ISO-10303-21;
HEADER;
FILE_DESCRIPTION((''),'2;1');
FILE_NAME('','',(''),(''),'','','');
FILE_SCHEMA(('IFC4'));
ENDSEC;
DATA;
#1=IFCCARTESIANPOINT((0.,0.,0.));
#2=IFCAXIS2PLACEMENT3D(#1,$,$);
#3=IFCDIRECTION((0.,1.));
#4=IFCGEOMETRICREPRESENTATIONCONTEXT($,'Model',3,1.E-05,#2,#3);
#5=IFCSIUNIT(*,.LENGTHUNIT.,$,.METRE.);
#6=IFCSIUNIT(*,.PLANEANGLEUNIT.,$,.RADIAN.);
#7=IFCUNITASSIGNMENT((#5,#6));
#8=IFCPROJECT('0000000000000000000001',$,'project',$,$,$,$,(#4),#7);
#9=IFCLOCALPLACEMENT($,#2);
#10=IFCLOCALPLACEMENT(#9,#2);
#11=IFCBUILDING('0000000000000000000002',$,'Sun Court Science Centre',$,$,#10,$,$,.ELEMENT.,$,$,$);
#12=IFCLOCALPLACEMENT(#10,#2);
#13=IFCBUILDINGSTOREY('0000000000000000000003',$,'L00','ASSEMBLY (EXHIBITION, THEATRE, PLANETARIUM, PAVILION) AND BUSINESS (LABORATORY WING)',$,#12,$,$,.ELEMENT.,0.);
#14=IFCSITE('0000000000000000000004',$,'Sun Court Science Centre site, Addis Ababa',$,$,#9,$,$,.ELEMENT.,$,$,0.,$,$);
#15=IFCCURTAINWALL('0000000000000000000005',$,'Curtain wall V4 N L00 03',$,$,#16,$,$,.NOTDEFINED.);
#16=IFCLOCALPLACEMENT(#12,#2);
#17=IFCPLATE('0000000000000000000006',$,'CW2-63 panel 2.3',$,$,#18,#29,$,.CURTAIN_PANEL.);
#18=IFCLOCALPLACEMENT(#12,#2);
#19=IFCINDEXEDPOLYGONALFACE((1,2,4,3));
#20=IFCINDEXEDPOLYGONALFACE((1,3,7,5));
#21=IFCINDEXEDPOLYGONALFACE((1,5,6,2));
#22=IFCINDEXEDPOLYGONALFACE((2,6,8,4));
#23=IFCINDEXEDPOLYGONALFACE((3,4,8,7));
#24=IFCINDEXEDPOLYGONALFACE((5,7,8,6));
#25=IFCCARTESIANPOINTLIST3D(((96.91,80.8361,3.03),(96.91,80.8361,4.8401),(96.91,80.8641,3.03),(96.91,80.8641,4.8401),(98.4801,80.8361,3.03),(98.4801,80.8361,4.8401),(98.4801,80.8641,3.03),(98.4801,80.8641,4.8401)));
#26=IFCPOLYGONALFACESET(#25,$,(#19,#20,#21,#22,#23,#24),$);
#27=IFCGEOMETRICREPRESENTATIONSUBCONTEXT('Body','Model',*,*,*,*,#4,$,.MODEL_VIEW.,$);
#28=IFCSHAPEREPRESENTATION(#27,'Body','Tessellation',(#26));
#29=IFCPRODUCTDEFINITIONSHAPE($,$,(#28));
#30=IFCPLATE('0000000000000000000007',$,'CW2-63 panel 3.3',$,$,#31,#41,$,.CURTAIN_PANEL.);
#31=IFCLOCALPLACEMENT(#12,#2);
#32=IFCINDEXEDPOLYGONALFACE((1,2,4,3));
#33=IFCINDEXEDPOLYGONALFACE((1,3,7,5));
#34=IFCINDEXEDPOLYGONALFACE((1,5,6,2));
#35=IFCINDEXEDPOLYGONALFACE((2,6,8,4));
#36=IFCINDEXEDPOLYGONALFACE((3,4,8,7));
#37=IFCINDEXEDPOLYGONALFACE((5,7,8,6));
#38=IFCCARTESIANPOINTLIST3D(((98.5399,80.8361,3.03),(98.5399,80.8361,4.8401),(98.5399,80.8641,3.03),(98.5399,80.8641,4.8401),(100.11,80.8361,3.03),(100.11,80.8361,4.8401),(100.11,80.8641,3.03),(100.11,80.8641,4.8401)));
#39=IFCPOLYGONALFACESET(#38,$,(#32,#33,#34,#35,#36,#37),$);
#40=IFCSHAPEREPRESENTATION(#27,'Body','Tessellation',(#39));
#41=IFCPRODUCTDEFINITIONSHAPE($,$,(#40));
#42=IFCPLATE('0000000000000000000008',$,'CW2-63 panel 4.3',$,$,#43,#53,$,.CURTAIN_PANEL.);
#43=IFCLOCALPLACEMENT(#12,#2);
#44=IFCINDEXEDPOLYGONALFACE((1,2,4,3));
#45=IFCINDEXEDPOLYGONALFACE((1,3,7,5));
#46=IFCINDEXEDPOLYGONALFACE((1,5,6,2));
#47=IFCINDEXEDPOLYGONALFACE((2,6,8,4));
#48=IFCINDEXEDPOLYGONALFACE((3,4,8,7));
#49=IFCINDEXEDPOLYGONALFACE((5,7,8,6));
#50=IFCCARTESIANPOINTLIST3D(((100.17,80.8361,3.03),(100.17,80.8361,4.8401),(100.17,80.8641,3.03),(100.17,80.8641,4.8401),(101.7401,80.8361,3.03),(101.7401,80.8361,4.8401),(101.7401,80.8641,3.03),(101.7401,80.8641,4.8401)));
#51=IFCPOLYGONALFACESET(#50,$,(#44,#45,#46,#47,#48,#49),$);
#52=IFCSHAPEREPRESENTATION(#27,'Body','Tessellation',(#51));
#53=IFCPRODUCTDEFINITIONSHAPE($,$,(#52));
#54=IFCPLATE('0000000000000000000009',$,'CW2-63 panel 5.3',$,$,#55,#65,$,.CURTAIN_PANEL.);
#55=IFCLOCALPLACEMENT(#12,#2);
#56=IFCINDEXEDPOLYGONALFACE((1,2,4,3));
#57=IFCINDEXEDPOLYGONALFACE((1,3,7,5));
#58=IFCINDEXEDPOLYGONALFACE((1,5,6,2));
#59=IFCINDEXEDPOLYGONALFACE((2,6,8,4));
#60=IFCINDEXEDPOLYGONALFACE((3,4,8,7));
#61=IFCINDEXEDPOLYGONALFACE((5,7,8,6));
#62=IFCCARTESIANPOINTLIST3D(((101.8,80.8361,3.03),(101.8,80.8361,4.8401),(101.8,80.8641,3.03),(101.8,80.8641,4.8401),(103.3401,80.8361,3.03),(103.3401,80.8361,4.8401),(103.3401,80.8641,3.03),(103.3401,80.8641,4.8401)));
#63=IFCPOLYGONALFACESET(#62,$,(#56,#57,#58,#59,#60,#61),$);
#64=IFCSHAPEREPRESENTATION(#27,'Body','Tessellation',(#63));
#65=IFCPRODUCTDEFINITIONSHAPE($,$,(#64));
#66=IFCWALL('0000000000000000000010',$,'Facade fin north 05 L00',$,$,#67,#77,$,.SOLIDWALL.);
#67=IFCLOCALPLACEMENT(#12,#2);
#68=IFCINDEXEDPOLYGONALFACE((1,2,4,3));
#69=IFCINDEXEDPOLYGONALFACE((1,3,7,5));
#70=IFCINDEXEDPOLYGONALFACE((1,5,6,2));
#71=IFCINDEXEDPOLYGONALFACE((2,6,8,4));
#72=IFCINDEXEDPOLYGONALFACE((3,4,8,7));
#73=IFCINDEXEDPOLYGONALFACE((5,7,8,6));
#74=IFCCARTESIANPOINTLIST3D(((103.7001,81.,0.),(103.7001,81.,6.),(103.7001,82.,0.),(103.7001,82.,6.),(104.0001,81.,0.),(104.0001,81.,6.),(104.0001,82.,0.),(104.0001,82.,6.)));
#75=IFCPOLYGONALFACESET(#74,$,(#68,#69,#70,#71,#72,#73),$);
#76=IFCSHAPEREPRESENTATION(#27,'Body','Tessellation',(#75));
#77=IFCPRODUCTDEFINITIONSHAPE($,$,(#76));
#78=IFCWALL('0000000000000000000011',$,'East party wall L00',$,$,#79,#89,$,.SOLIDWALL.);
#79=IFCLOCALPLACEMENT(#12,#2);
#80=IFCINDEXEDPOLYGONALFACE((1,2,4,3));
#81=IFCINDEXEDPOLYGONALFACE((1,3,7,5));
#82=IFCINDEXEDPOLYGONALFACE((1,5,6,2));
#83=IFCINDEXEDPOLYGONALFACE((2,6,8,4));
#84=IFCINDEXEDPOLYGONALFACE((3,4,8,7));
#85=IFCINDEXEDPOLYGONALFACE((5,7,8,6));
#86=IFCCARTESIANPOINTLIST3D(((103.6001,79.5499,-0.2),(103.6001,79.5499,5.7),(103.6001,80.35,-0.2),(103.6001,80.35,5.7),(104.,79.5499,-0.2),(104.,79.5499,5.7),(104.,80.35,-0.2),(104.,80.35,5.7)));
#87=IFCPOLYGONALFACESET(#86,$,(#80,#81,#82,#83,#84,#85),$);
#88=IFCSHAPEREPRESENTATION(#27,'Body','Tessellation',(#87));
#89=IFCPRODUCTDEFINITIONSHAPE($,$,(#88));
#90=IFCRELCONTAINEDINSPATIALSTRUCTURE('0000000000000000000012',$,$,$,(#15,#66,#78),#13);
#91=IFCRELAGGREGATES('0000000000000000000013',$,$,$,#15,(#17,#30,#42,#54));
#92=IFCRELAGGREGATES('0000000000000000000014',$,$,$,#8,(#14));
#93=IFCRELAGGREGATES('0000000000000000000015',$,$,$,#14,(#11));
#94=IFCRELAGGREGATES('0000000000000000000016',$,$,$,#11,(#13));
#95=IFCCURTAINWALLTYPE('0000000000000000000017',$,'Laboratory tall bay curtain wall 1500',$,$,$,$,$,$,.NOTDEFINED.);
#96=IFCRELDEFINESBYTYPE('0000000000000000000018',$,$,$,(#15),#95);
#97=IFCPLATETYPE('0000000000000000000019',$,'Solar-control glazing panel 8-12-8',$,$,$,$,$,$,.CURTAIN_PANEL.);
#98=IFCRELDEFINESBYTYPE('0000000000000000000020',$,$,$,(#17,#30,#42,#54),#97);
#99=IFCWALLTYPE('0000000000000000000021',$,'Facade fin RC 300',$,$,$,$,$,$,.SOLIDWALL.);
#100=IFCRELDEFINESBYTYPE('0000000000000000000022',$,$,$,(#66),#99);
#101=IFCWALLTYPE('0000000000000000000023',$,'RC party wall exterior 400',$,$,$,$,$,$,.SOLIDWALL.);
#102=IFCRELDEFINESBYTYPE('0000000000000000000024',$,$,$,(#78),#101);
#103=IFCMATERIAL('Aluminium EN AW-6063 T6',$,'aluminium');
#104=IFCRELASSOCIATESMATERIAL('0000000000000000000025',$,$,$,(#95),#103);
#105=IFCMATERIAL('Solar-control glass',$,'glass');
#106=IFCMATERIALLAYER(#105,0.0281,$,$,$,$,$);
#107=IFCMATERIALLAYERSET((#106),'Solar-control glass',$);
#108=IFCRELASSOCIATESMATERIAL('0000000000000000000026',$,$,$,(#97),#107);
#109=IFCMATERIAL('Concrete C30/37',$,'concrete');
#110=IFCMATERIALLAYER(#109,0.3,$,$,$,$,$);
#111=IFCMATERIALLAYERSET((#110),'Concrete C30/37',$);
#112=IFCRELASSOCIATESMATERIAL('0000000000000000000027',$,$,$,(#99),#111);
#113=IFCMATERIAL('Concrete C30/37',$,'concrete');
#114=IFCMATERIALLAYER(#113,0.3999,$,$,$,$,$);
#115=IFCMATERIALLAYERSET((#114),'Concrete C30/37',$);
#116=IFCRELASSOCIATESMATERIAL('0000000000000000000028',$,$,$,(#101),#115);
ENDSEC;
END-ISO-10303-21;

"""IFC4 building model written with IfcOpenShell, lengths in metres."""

from ifc_helpers import new_model, si_unit, direction, frame, frame_2d, origin, origin_2d, place, context, subcontext, project, spatial, rectangle, extrude, material, layer, layer_set, type_object, element, aggregate, save


model = new_model("IFC4")

# Units and contexts
model_context = context("Model", 3, precision=1e-05, world=origin(), true_north=direction((0.0, 1.0)))
body_context = subcontext(model_context, "Body", "Model", "MODEL_VIEW")
ifc_project = project(units=[si_unit("LENGTHUNIT", "METRE"), si_unit("PLANEANGLEUNIT", "RADIAN")], contexts=[model_context])

# Site, building, storey
site_placement = place(None, origin())
site = spatial("IfcSite", under=ifc_project, at=site_placement, Name="Sun Court Science Centre site, Addis Ababa", CompositionType="ELEMENT", RefElevation=0.0)
building_placement = place(site_placement, origin())
building = spatial("IfcBuilding", under=site, at=building_placement, Name="Sun Court Science Centre", CompositionType="ELEMENT")
storey_placement = place(building_placement, origin())
storey = spatial("IfcBuildingStorey", under=building, at=storey_placement, Name="L00", Description="ASSEMBLY (EXHIBITION, THEATRE, PLANETARIUM, PAVILION) AND BUSINESS (LABORATORY WING)", CompositionType="ELEMENT", Elevation=0.0)

# Curtain wall, plates
ifc_material_1 = material(Name="Aluminium EN AW-6063 T6", Category="aluminium")
curtain_wall_type = type_object("IfcCurtainWallType", Name="Laboratory tall bay curtain wall 1500", PredefinedType="NOTDEFINED", material=ifc_material_1)
curtain_wall_placement = place(storey_placement, origin())
curtain_wall = element("IfcCurtainWall", 1, at=curtain_wall_placement, inside=storey, type_object=curtain_wall_type, Name="Curtain wall V4 N L00 03", PredefinedType="NOTDEFINED")
ifc_material_2 = material(Name="Solar-control glass", Category="glass")
ifc_layer_1 = layer(ifc_material_2, 0.0281)
ifc_layer_set_1 = layer_set([ifc_layer_1], Name="Solar-control glass")
plate_type = type_object("IfcPlateType", Name="Solar-control glazing panel 8-12-8", PredefinedType="CURTAIN_PANEL", material=ifc_layer_set_1)
plate_1_placement = place(storey_placement, frame((97.6951, 80.8501, 3.03), z_axis=(0.0, 0.0, 1.0), x_axis=(1.0, 0.0, 0.0)))
plate_1 = element("IfcPlate", 2, at=plate_1_placement, type_object=plate_type, Name="CW2-63 panel 2.3", PredefinedType="CURTAIN_PANEL", context=body_context, shape_type="SweptSolid", body=[
    extrude(rectangle(XDim=1.5701, YDim=0.0281, at=origin_2d()), origin(), (0.0, 0.0, 1.0), 1.8101),
])
plate_2_placement = place(storey_placement, frame((99.325, 80.8501, 3.03), z_axis=(0.0, 0.0, 1.0), x_axis=(1.0, 0.0, 0.0)))
plate_2 = element("IfcPlate", 3, at=plate_2_placement, type_object=plate_type, Name="CW2-63 panel 3.3", PredefinedType="CURTAIN_PANEL", context=body_context, shape_type="SweptSolid", body=[
    extrude(rectangle(XDim=1.5701, YDim=0.0281, at=origin_2d()), origin(), (0.0, 0.0, 1.0), 1.8101),
])
plate_3_placement = place(storey_placement, frame((100.9551, 80.8501, 3.03), z_axis=(0.0, 0.0, 1.0), x_axis=(1.0, 0.0, 0.0)))
plate_3 = element("IfcPlate", 4, at=plate_3_placement, type_object=plate_type, Name="CW2-63 panel 4.3", PredefinedType="CURTAIN_PANEL", context=body_context, shape_type="SweptSolid", body=[
    extrude(rectangle(XDim=1.5701, YDim=0.0281, at=origin_2d()), origin(), (0.0, 0.0, 1.0), 1.8101),
])
plate_4_placement = place(storey_placement, frame((102.5701, 80.8501, 3.03), z_axis=(0.0, 0.0, 1.0), x_axis=(1.0, 0.0, 0.0)))
plate_4 = element("IfcPlate", 5, at=plate_4_placement, type_object=plate_type, Name="CW2-63 panel 5.3", PredefinedType="CURTAIN_PANEL", context=body_context, shape_type="SweptSolid", body=[
    extrude(rectangle(XDim=1.54, YDim=0.0281, at=origin_2d()), origin(), (0.0, 0.0, 1.0), 1.8101),
])
aggregate(curtain_wall, [plate_1, plate_2, plate_3, plate_4])

# Walls
ifc_material_3 = material(Name="Concrete C30/37", Category="concrete")
ifc_layer_2 = layer(ifc_material_3, 0.3)
ifc_layer_set_2 = layer_set([ifc_layer_2], Name="Concrete C30/37")
wall_type_1 = type_object("IfcWallType", Name="Facade fin RC 300", PredefinedType="SOLIDWALL", material=ifc_layer_set_2)
wall_1_placement = place(storey_placement, frame((103.8501, 81.0, 0.0), z_axis=(0.0, 0.0, 1.0), x_axis=(0.0, 1.0, 0.0)))
element("IfcWall", 6, at=wall_1_placement, inside=storey, type_object=wall_type_1, Name="Facade fin north 05 L00", PredefinedType="SOLIDWALL", context=body_context, shape_type="SweptSolid", body=[
    extrude(rectangle(XDim=1.0, YDim=0.3, at=frame_2d((0.5, 0.0))), origin(), (0.0, 0.0, 1.0), 6.0),
])
ifc_material_4 = material(Name="Concrete C30/37", Category="concrete")
ifc_layer_3 = layer(ifc_material_4, 0.3999)
ifc_layer_set_3 = layer_set([ifc_layer_3], Name="Concrete C30/37")
wall_type_2 = type_object("IfcWallType", Name="RC party wall exterior 400", PredefinedType="SOLIDWALL", material=ifc_layer_set_3)
wall_2_placement = place(storey_placement, frame((103.8, 79.55, -0.2), z_axis=(0.0, 0.0, 1.0), x_axis=(0.0, 1.0, 0.0)))
element("IfcWall", 7, at=wall_2_placement, inside=storey, type_object=wall_type_2, Name="East party wall L00", PredefinedType="SOLIDWALL", context=body_context, shape_type="SweptSolid", body=[
    extrude(rectangle(XDim=0.8, YDim=0.3999, at=frame_2d((0.3999, 0.0))), origin(), (0.0, 0.0, 1.0), 5.8999),
])

save(model, "model.ifc")
